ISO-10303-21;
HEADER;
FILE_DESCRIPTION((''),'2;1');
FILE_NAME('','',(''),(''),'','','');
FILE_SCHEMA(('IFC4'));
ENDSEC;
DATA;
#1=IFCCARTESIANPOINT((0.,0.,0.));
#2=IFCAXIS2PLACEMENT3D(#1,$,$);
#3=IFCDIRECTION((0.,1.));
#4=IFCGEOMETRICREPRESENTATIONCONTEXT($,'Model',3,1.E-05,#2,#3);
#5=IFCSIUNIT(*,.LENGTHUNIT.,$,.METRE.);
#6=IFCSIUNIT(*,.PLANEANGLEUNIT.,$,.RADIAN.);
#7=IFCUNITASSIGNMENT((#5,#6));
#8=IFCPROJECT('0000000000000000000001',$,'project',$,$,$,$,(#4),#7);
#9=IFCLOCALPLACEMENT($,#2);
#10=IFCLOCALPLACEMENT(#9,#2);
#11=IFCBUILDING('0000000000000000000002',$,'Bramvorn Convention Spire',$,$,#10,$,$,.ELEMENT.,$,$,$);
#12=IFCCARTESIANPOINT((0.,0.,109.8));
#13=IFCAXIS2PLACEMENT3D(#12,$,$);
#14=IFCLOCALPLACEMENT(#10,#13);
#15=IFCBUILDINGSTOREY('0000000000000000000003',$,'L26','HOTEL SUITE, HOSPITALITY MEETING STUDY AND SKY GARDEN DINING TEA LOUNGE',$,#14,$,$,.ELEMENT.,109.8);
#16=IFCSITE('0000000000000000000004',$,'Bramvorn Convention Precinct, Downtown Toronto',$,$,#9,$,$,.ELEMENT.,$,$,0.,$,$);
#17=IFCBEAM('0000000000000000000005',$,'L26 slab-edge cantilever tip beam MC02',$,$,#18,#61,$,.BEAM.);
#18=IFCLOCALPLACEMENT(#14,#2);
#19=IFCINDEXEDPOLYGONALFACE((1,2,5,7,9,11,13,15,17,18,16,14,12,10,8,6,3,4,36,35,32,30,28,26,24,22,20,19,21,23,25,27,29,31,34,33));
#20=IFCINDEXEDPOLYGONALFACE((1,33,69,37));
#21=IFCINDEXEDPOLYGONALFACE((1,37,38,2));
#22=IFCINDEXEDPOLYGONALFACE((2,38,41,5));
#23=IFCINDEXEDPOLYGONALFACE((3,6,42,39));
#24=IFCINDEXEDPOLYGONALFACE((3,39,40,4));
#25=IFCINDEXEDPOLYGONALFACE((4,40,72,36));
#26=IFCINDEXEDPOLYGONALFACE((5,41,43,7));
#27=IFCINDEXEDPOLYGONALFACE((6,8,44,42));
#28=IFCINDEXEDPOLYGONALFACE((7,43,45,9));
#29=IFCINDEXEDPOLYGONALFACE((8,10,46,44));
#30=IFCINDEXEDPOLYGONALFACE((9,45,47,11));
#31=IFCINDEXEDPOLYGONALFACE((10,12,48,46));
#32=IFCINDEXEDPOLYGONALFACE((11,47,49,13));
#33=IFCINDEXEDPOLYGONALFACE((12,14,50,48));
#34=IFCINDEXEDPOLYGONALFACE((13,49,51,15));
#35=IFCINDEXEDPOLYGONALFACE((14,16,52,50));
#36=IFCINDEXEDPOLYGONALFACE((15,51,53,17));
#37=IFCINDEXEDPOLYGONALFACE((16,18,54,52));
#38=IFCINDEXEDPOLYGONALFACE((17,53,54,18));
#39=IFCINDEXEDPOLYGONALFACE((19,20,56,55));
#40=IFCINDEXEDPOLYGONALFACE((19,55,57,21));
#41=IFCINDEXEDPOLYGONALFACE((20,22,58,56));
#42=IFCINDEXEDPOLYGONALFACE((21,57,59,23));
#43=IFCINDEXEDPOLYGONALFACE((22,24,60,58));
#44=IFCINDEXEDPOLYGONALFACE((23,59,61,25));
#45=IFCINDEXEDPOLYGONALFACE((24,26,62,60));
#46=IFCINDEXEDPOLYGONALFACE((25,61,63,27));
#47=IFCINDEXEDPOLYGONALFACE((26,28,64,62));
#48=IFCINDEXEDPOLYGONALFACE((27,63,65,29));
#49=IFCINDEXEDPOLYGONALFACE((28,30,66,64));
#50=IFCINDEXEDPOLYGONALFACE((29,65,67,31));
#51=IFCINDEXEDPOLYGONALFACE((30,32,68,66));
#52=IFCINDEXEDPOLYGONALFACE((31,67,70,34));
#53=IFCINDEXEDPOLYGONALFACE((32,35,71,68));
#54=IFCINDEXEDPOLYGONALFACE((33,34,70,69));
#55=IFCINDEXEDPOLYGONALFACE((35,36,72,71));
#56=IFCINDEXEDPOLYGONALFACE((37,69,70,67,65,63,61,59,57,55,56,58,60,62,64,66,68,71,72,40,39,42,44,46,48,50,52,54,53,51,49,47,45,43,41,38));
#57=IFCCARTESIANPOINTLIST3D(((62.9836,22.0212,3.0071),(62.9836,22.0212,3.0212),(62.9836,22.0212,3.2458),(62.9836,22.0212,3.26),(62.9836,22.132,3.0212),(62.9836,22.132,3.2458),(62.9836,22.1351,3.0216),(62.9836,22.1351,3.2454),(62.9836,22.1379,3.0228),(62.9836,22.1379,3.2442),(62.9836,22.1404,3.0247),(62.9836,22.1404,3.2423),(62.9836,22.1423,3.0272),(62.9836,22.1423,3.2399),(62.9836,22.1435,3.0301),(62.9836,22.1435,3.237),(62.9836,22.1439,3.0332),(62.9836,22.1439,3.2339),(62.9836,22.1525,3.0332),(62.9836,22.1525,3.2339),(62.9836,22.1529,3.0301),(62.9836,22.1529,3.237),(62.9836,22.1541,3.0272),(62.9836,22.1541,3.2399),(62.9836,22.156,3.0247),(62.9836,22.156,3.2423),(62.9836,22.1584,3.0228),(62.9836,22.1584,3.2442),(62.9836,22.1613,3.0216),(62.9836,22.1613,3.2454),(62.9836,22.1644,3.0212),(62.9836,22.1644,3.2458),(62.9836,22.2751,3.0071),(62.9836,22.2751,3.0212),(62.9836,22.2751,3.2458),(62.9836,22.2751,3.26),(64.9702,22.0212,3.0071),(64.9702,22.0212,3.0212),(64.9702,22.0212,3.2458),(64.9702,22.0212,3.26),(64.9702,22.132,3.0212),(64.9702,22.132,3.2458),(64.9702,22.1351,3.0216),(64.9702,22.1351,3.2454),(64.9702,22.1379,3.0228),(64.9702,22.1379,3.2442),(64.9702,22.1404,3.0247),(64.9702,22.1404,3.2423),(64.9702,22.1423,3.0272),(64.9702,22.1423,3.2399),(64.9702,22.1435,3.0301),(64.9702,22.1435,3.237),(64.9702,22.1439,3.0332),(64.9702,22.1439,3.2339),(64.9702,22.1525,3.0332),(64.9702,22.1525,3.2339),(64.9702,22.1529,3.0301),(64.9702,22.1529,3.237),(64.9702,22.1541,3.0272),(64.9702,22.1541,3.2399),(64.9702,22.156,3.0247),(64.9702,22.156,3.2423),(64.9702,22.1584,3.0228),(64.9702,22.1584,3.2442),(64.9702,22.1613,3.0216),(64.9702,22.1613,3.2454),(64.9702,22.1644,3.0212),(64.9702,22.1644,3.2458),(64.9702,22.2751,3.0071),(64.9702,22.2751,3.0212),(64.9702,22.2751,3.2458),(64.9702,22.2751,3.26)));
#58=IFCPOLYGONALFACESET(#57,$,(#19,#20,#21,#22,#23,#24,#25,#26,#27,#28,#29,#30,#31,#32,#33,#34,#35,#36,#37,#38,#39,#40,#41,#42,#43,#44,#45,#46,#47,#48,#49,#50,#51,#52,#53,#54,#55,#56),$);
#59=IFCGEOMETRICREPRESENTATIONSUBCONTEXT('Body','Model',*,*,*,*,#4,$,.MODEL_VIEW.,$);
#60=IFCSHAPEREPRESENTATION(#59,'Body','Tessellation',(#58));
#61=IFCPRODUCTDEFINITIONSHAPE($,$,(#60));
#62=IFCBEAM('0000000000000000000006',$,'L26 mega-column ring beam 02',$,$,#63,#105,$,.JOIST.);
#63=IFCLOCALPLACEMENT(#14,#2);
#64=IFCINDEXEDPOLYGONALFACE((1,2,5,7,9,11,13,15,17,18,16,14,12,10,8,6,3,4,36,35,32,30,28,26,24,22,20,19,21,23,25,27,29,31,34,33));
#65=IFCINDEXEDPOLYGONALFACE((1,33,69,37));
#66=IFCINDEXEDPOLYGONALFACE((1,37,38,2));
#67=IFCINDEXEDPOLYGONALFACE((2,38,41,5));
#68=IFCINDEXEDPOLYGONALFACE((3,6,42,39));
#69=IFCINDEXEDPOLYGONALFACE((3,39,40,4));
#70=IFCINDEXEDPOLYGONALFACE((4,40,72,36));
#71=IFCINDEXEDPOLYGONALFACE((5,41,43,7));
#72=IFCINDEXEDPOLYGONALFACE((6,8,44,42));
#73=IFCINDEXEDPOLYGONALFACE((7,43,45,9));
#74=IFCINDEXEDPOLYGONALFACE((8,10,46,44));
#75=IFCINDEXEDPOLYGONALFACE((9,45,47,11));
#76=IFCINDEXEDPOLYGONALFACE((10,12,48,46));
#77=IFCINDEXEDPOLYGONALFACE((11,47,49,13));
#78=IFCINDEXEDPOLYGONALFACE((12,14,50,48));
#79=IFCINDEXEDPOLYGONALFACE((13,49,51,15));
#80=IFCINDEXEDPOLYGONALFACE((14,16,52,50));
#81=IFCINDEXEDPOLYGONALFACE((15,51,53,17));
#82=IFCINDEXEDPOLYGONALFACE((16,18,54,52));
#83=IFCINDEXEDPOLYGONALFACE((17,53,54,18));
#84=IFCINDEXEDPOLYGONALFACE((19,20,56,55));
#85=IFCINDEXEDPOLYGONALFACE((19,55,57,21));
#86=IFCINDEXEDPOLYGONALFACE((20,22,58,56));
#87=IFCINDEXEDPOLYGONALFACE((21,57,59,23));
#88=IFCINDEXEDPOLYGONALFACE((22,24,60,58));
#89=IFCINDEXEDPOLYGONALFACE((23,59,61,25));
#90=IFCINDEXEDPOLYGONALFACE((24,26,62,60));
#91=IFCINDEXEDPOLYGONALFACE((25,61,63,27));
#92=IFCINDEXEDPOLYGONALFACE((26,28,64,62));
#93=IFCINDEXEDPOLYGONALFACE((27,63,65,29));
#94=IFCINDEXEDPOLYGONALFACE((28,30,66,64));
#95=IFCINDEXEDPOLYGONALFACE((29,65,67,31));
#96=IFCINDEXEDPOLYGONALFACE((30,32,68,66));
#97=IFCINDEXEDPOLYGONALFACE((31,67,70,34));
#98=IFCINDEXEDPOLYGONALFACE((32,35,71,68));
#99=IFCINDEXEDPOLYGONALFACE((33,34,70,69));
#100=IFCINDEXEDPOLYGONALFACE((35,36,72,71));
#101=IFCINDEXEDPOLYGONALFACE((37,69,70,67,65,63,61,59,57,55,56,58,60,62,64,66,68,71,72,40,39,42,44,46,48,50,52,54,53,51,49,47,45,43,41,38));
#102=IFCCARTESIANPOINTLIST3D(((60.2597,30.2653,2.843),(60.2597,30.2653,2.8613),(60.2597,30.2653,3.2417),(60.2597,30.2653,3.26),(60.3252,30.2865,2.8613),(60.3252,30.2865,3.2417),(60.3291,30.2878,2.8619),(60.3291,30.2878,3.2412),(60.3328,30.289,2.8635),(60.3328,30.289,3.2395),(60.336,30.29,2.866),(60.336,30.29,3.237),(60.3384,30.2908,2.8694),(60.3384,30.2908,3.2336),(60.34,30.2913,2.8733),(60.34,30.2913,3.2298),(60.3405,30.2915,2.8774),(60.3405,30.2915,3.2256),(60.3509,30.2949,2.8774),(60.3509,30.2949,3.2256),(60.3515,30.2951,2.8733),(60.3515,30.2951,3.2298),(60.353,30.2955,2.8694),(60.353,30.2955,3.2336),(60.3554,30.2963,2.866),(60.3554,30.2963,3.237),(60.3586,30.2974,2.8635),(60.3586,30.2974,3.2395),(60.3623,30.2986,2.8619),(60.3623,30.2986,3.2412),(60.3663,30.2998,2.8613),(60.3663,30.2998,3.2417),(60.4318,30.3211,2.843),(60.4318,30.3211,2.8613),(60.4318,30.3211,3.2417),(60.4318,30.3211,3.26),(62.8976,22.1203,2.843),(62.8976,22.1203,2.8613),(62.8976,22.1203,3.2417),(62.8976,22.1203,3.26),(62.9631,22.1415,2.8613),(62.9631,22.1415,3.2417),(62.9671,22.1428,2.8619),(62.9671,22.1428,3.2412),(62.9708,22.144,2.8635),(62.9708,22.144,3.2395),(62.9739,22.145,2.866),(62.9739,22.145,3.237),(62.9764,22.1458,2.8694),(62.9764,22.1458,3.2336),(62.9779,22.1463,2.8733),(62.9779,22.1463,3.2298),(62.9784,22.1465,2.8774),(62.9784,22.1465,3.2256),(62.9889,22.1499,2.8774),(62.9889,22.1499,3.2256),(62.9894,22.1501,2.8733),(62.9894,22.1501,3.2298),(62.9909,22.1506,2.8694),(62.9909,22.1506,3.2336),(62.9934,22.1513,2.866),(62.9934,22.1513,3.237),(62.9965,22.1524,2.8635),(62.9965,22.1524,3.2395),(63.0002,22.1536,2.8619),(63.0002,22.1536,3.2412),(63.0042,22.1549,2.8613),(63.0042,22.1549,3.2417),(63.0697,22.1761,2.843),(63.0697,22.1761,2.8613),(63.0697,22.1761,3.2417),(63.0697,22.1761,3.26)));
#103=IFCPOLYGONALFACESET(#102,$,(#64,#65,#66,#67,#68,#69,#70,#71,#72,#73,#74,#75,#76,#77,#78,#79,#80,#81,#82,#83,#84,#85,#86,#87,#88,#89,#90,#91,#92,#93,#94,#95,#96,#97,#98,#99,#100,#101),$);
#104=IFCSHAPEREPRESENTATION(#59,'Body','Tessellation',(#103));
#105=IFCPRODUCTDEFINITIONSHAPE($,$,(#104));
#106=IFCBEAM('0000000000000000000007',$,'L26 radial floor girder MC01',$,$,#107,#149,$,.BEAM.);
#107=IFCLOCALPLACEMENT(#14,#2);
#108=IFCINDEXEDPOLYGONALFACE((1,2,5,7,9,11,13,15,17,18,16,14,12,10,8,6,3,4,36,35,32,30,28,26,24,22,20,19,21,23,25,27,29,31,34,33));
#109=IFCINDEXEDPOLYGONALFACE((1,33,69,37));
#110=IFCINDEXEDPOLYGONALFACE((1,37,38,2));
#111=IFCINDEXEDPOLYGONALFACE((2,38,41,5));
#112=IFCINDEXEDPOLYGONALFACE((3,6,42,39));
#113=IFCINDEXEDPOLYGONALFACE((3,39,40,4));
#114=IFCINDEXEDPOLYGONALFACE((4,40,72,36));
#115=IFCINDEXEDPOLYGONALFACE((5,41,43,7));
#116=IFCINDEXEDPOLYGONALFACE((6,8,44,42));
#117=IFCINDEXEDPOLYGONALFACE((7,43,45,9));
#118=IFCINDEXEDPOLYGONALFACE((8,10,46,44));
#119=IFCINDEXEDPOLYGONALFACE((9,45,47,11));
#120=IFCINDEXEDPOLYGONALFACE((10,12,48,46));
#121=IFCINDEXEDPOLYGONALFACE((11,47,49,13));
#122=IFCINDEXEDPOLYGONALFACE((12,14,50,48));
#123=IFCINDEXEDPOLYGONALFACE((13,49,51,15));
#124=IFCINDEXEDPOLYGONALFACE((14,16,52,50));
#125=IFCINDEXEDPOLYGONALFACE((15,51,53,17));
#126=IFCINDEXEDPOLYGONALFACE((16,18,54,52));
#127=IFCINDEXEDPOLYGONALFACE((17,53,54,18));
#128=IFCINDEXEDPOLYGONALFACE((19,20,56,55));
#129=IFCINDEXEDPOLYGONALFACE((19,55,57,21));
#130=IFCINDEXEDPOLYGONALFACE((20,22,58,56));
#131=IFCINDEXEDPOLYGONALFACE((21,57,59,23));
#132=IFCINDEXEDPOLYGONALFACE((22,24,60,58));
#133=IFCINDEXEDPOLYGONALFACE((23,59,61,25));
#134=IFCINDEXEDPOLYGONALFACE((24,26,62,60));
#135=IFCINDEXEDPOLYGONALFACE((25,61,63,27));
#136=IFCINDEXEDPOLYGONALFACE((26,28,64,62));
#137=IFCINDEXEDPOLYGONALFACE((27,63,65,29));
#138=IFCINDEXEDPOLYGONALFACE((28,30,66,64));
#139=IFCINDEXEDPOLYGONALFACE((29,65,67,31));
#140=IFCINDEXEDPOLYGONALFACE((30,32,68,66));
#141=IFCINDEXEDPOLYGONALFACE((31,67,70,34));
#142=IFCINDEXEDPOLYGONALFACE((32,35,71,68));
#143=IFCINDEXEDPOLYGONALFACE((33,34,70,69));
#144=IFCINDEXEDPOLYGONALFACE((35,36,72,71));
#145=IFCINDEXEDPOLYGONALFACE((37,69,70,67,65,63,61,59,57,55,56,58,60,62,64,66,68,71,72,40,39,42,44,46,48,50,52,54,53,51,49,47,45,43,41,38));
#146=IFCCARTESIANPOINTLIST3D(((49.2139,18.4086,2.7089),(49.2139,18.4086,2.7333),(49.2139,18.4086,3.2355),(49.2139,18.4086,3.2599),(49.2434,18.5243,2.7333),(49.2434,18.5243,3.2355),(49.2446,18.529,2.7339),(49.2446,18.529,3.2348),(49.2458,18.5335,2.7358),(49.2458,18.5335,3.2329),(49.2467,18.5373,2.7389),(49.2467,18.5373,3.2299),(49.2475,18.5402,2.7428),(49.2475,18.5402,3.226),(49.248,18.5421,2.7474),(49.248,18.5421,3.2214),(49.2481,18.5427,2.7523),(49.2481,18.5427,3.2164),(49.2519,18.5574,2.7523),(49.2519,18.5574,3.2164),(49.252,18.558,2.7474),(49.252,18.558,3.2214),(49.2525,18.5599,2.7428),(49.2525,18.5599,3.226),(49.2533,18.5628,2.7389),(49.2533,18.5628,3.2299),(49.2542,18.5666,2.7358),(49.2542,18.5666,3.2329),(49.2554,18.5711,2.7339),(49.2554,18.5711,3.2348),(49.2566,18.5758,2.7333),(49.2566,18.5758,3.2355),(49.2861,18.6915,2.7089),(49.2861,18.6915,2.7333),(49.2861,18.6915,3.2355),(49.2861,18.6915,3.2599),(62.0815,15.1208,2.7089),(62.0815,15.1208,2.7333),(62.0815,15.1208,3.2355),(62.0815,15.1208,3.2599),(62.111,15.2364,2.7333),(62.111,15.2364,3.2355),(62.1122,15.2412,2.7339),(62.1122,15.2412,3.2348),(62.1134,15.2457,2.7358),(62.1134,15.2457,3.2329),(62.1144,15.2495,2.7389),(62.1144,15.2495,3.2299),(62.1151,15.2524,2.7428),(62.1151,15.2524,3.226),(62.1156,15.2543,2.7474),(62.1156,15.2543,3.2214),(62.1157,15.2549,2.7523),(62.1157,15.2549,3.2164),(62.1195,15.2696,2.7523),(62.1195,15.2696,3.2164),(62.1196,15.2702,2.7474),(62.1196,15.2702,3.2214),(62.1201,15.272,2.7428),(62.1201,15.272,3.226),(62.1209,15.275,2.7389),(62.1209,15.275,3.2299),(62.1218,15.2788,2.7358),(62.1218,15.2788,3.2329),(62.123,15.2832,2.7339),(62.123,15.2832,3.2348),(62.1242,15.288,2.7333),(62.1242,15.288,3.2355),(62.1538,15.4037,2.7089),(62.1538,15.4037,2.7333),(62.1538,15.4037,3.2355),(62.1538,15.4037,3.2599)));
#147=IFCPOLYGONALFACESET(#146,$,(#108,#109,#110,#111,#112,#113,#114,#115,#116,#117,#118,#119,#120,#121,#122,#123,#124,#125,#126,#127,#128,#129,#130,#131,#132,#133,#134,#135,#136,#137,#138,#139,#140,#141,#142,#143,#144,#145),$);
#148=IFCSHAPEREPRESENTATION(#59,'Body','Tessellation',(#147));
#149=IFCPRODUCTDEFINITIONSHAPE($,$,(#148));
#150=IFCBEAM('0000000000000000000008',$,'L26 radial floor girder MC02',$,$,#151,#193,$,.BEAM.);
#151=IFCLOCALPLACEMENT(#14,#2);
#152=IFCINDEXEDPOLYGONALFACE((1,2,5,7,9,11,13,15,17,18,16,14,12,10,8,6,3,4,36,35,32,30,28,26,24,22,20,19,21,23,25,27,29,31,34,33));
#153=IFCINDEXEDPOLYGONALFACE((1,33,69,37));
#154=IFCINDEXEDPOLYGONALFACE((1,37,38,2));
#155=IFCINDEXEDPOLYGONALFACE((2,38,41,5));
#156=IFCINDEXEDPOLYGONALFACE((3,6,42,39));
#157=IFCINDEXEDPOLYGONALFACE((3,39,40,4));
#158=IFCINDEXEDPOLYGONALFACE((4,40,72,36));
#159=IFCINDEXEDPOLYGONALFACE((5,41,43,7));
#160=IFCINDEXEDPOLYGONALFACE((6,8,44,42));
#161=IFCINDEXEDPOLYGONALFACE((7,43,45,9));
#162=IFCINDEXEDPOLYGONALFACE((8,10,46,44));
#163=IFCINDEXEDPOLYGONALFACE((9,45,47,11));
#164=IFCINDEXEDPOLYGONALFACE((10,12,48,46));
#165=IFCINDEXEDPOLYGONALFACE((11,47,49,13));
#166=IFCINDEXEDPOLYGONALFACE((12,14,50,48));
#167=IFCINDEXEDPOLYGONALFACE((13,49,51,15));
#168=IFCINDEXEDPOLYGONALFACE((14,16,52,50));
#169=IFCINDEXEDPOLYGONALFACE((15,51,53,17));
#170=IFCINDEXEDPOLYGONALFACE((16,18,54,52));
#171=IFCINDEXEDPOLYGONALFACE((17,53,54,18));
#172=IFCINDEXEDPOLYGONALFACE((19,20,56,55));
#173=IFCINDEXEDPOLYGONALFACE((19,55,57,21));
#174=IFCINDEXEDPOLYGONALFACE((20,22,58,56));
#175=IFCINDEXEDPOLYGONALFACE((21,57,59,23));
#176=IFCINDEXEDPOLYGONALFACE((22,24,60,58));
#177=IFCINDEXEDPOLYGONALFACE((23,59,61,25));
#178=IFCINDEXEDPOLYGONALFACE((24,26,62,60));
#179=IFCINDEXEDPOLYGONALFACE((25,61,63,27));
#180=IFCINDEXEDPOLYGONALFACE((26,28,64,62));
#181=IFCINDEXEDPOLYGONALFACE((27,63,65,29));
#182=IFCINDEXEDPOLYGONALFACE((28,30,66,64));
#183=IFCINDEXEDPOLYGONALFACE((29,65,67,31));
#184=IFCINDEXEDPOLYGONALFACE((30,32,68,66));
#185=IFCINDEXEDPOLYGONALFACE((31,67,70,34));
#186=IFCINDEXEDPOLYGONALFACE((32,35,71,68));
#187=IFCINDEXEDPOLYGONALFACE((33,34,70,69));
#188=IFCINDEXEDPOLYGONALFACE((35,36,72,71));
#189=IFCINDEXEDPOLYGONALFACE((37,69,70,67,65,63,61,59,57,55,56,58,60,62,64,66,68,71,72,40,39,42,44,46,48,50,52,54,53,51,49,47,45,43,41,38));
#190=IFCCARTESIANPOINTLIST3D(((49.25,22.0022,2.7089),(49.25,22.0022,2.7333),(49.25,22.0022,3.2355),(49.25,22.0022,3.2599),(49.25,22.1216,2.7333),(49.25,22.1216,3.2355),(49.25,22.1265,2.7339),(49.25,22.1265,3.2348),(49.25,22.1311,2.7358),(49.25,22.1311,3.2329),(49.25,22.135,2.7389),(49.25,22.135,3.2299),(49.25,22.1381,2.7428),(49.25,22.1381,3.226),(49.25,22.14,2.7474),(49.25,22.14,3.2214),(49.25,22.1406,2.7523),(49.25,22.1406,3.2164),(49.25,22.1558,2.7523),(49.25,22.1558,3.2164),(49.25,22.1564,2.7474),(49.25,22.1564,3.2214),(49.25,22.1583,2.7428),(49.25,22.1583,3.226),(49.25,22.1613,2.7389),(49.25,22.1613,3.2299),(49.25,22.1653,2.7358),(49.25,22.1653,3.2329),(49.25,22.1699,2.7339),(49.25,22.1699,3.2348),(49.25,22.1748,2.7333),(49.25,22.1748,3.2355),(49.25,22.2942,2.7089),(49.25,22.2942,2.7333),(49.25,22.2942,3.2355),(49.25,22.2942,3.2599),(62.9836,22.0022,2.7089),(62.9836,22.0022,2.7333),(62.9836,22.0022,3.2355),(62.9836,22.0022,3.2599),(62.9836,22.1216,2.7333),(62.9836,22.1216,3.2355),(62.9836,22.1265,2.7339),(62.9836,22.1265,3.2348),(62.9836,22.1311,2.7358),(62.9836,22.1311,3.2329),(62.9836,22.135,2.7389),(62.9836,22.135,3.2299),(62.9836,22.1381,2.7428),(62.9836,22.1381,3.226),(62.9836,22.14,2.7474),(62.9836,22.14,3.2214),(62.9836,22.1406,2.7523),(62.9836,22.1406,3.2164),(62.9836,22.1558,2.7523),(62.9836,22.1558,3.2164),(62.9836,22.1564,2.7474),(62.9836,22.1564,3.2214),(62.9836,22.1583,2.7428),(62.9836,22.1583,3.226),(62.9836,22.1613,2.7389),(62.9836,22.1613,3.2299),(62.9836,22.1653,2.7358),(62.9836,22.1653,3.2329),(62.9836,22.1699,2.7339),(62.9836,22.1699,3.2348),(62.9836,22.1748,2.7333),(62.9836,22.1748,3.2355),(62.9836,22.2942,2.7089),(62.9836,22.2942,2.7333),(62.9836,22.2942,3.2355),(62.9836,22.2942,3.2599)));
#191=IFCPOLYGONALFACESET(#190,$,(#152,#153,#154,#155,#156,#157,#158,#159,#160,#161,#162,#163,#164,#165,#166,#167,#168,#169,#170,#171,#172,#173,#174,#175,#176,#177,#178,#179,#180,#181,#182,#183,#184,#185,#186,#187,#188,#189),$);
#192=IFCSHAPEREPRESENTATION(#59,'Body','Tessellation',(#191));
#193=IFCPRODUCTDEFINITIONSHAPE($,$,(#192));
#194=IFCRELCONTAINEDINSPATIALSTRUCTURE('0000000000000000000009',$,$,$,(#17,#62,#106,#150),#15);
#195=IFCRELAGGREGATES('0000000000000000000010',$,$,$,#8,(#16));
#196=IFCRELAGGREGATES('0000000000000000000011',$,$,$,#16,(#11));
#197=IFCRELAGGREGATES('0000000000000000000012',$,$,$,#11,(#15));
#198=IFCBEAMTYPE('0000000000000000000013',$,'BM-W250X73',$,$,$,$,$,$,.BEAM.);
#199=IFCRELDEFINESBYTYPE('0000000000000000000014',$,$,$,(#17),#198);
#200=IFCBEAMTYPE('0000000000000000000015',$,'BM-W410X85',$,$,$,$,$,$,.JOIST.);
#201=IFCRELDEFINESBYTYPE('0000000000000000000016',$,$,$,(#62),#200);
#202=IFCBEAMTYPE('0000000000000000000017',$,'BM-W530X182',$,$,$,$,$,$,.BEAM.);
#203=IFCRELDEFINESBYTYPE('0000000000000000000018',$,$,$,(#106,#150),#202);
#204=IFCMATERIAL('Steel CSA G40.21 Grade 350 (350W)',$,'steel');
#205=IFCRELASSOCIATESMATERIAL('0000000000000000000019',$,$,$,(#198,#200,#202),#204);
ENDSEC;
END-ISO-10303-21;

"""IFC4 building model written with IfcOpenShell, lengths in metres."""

from ifc_helpers import new_model, si_unit, direction, frame, origin, origin_2d, place, context, subcontext, project, spatial, i_section, extrude, material, material_profile, profile_set, type_object, element, save


model = new_model("IFC4")

# Units and contexts
model_context = context("Model", 3, precision=1e-05, world=origin(), true_north=direction((0.0, 1.0)))
body_context = subcontext(model_context, "Body", "Model", "MODEL_VIEW")
ifc_project = project(units=[si_unit("LENGTHUNIT", "METRE"), si_unit("PLANEANGLEUNIT", "RADIAN")], contexts=[model_context])

# Site, building, storey
site_placement = place(None, origin())
site = spatial("IfcSite", under=ifc_project, at=site_placement, Name="Bramvorn Convention Precinct, Downtown Toronto", CompositionType="ELEMENT", RefElevation=0.0)
building_placement = place(site_placement, origin())
building = spatial("IfcBuilding", under=site, at=building_placement, Name="Bramvorn Convention Spire", CompositionType="ELEMENT")
storey_placement = place(building_placement, frame((0.0, 0.0, 109.8)))
storey = spatial("IfcBuildingStorey", under=building, at=storey_placement, Name="L26", Description="HOTEL SUITE, HOSPITALITY MEETING STUDY AND SKY GARDEN DINING TEA LOUNGE", CompositionType="ELEMENT", Elevation=109.8)

# Shared definitions
ifc_material_1 = material(Name="Steel CSA G40.21 Grade 350 (350W)", Category="steel")

# Beams
ifc_material_profile_1 = material_profile(ifc_material_1, i_section(OverallWidth=0.2539, OverallDepth=0.2529, WebThickness=0.0085, FlangeThickness=0.0142, FilletRadius=0.012, at=origin_2d()))
ifc_profile_set_1 = profile_set([ifc_material_profile_1], Name="Steel CSA G40.21 Grade 350 (350W) - W250X73")
beam_type_1 = type_object("IfcBeamType", Name="BM-W250X73", PredefinedType="BEAM", material=ifc_profile_set_1)
beam_1_placement = place(storey_placement, frame((62.9836, 22.1482, 3.1335), z_axis=(1.0, 0.0, 0.0), x_axis=(0.0, 1.0, 0.0)))
element("IfcBeam", 1, at=beam_1_placement, inside=storey, type_object=beam_type_1, Name="L26 slab-edge cantilever tip beam MC02", PredefinedType="BEAM", context=body_context, shape_type="SweptSolid", body=[
    extrude(i_section(OverallWidth=0.2539, OverallDepth=0.2529, WebThickness=0.0085, FlangeThickness=0.0142, FilletRadius=0.012, at=origin_2d()), origin(), (0.0, 0.0, 1.0), 1.9866),
])
ifc_material_profile_2 = material_profile(ifc_material_1, i_section(OverallWidth=0.1809, OverallDepth=0.417, WebThickness=0.011, FlangeThickness=0.0183, FilletRadius=0.0161, at=origin_2d()))
ifc_profile_set_2 = profile_set([ifc_material_profile_2], Name="Steel CSA G40.21 Grade 350 (350W) - W410X85")
beam_type_2 = type_object("IfcBeamType", Name="BM-W410X85", PredefinedType="JOIST", material=ifc_profile_set_2)
beam_2_placement = place(storey_placement, frame((62.9836, 22.1482, 3.0515), z_axis=(-0.308115, 0.951349, 0.0), x_axis=(-0.951349, -0.308115, 0.0)))
element("IfcBeam", 2, at=beam_2_placement, inside=storey, type_object=beam_type_2, Name="L26 mega-column ring beam 02", PredefinedType="JOIST", context=body_context, shape_type="SweptSolid", body=[
    extrude(i_section(OverallWidth=0.1809, OverallDepth=0.417, WebThickness=0.011, FlangeThickness=0.0183, FilletRadius=0.0161, at=origin_2d()), origin(), (0.0, 0.0, 1.0), 8.5615),
])
ifc_material_profile_3 = material_profile(ifc_material_1, i_section(OverallWidth=0.292, OverallDepth=0.551, WebThickness=0.0151, FlangeThickness=0.0244, FilletRadius=0.019, at=origin_2d()))
ifc_profile_set_3 = profile_set([ifc_material_profile_3], Name="Steel CSA G40.21 Grade 350 (350W) - W530X182")
beam_type_3 = type_object("IfcBeamType", Name="BM-W530X182", PredefinedType="BEAM", material=ifc_profile_set_3)
beam_3_placement = place(storey_placement, frame((49.25, 18.55, 2.9844), z_axis=(0.968873, -0.247558, 0.0), x_axis=(0.247558, 0.968873, 0.0)))
element("IfcBeam", 3, at=beam_3_placement, inside=storey, type_object=beam_type_3, Name="L26 radial floor girder MC01", PredefinedType="BEAM", context=body_context, shape_type="SweptSolid", body=[
    extrude(i_section(OverallWidth=0.292, OverallDepth=0.551, WebThickness=0.0151, FlangeThickness=0.0244, FilletRadius=0.019, at=origin_2d()), origin(), (0.0, 0.0, 1.0), 13.281),
])
beam_4_placement = place(storey_placement, frame((49.25, 22.1482, 2.9844), z_axis=(1.0, 0.0, 0.0), x_axis=(0.0, 1.0, 0.0)))
element("IfcBeam", 4, at=beam_4_placement, inside=storey, type_object=beam_type_3, Name="L26 radial floor girder MC02", PredefinedType="BEAM", context=body_context, shape_type="SweptSolid", body=[
    extrude(i_section(OverallWidth=0.292, OverallDepth=0.551, WebThickness=0.0151, FlangeThickness=0.0244, FilletRadius=0.019, at=origin_2d()), origin(), (0.0, 0.0, 1.0), 13.7336),
])

save(model, "model.ifc")
